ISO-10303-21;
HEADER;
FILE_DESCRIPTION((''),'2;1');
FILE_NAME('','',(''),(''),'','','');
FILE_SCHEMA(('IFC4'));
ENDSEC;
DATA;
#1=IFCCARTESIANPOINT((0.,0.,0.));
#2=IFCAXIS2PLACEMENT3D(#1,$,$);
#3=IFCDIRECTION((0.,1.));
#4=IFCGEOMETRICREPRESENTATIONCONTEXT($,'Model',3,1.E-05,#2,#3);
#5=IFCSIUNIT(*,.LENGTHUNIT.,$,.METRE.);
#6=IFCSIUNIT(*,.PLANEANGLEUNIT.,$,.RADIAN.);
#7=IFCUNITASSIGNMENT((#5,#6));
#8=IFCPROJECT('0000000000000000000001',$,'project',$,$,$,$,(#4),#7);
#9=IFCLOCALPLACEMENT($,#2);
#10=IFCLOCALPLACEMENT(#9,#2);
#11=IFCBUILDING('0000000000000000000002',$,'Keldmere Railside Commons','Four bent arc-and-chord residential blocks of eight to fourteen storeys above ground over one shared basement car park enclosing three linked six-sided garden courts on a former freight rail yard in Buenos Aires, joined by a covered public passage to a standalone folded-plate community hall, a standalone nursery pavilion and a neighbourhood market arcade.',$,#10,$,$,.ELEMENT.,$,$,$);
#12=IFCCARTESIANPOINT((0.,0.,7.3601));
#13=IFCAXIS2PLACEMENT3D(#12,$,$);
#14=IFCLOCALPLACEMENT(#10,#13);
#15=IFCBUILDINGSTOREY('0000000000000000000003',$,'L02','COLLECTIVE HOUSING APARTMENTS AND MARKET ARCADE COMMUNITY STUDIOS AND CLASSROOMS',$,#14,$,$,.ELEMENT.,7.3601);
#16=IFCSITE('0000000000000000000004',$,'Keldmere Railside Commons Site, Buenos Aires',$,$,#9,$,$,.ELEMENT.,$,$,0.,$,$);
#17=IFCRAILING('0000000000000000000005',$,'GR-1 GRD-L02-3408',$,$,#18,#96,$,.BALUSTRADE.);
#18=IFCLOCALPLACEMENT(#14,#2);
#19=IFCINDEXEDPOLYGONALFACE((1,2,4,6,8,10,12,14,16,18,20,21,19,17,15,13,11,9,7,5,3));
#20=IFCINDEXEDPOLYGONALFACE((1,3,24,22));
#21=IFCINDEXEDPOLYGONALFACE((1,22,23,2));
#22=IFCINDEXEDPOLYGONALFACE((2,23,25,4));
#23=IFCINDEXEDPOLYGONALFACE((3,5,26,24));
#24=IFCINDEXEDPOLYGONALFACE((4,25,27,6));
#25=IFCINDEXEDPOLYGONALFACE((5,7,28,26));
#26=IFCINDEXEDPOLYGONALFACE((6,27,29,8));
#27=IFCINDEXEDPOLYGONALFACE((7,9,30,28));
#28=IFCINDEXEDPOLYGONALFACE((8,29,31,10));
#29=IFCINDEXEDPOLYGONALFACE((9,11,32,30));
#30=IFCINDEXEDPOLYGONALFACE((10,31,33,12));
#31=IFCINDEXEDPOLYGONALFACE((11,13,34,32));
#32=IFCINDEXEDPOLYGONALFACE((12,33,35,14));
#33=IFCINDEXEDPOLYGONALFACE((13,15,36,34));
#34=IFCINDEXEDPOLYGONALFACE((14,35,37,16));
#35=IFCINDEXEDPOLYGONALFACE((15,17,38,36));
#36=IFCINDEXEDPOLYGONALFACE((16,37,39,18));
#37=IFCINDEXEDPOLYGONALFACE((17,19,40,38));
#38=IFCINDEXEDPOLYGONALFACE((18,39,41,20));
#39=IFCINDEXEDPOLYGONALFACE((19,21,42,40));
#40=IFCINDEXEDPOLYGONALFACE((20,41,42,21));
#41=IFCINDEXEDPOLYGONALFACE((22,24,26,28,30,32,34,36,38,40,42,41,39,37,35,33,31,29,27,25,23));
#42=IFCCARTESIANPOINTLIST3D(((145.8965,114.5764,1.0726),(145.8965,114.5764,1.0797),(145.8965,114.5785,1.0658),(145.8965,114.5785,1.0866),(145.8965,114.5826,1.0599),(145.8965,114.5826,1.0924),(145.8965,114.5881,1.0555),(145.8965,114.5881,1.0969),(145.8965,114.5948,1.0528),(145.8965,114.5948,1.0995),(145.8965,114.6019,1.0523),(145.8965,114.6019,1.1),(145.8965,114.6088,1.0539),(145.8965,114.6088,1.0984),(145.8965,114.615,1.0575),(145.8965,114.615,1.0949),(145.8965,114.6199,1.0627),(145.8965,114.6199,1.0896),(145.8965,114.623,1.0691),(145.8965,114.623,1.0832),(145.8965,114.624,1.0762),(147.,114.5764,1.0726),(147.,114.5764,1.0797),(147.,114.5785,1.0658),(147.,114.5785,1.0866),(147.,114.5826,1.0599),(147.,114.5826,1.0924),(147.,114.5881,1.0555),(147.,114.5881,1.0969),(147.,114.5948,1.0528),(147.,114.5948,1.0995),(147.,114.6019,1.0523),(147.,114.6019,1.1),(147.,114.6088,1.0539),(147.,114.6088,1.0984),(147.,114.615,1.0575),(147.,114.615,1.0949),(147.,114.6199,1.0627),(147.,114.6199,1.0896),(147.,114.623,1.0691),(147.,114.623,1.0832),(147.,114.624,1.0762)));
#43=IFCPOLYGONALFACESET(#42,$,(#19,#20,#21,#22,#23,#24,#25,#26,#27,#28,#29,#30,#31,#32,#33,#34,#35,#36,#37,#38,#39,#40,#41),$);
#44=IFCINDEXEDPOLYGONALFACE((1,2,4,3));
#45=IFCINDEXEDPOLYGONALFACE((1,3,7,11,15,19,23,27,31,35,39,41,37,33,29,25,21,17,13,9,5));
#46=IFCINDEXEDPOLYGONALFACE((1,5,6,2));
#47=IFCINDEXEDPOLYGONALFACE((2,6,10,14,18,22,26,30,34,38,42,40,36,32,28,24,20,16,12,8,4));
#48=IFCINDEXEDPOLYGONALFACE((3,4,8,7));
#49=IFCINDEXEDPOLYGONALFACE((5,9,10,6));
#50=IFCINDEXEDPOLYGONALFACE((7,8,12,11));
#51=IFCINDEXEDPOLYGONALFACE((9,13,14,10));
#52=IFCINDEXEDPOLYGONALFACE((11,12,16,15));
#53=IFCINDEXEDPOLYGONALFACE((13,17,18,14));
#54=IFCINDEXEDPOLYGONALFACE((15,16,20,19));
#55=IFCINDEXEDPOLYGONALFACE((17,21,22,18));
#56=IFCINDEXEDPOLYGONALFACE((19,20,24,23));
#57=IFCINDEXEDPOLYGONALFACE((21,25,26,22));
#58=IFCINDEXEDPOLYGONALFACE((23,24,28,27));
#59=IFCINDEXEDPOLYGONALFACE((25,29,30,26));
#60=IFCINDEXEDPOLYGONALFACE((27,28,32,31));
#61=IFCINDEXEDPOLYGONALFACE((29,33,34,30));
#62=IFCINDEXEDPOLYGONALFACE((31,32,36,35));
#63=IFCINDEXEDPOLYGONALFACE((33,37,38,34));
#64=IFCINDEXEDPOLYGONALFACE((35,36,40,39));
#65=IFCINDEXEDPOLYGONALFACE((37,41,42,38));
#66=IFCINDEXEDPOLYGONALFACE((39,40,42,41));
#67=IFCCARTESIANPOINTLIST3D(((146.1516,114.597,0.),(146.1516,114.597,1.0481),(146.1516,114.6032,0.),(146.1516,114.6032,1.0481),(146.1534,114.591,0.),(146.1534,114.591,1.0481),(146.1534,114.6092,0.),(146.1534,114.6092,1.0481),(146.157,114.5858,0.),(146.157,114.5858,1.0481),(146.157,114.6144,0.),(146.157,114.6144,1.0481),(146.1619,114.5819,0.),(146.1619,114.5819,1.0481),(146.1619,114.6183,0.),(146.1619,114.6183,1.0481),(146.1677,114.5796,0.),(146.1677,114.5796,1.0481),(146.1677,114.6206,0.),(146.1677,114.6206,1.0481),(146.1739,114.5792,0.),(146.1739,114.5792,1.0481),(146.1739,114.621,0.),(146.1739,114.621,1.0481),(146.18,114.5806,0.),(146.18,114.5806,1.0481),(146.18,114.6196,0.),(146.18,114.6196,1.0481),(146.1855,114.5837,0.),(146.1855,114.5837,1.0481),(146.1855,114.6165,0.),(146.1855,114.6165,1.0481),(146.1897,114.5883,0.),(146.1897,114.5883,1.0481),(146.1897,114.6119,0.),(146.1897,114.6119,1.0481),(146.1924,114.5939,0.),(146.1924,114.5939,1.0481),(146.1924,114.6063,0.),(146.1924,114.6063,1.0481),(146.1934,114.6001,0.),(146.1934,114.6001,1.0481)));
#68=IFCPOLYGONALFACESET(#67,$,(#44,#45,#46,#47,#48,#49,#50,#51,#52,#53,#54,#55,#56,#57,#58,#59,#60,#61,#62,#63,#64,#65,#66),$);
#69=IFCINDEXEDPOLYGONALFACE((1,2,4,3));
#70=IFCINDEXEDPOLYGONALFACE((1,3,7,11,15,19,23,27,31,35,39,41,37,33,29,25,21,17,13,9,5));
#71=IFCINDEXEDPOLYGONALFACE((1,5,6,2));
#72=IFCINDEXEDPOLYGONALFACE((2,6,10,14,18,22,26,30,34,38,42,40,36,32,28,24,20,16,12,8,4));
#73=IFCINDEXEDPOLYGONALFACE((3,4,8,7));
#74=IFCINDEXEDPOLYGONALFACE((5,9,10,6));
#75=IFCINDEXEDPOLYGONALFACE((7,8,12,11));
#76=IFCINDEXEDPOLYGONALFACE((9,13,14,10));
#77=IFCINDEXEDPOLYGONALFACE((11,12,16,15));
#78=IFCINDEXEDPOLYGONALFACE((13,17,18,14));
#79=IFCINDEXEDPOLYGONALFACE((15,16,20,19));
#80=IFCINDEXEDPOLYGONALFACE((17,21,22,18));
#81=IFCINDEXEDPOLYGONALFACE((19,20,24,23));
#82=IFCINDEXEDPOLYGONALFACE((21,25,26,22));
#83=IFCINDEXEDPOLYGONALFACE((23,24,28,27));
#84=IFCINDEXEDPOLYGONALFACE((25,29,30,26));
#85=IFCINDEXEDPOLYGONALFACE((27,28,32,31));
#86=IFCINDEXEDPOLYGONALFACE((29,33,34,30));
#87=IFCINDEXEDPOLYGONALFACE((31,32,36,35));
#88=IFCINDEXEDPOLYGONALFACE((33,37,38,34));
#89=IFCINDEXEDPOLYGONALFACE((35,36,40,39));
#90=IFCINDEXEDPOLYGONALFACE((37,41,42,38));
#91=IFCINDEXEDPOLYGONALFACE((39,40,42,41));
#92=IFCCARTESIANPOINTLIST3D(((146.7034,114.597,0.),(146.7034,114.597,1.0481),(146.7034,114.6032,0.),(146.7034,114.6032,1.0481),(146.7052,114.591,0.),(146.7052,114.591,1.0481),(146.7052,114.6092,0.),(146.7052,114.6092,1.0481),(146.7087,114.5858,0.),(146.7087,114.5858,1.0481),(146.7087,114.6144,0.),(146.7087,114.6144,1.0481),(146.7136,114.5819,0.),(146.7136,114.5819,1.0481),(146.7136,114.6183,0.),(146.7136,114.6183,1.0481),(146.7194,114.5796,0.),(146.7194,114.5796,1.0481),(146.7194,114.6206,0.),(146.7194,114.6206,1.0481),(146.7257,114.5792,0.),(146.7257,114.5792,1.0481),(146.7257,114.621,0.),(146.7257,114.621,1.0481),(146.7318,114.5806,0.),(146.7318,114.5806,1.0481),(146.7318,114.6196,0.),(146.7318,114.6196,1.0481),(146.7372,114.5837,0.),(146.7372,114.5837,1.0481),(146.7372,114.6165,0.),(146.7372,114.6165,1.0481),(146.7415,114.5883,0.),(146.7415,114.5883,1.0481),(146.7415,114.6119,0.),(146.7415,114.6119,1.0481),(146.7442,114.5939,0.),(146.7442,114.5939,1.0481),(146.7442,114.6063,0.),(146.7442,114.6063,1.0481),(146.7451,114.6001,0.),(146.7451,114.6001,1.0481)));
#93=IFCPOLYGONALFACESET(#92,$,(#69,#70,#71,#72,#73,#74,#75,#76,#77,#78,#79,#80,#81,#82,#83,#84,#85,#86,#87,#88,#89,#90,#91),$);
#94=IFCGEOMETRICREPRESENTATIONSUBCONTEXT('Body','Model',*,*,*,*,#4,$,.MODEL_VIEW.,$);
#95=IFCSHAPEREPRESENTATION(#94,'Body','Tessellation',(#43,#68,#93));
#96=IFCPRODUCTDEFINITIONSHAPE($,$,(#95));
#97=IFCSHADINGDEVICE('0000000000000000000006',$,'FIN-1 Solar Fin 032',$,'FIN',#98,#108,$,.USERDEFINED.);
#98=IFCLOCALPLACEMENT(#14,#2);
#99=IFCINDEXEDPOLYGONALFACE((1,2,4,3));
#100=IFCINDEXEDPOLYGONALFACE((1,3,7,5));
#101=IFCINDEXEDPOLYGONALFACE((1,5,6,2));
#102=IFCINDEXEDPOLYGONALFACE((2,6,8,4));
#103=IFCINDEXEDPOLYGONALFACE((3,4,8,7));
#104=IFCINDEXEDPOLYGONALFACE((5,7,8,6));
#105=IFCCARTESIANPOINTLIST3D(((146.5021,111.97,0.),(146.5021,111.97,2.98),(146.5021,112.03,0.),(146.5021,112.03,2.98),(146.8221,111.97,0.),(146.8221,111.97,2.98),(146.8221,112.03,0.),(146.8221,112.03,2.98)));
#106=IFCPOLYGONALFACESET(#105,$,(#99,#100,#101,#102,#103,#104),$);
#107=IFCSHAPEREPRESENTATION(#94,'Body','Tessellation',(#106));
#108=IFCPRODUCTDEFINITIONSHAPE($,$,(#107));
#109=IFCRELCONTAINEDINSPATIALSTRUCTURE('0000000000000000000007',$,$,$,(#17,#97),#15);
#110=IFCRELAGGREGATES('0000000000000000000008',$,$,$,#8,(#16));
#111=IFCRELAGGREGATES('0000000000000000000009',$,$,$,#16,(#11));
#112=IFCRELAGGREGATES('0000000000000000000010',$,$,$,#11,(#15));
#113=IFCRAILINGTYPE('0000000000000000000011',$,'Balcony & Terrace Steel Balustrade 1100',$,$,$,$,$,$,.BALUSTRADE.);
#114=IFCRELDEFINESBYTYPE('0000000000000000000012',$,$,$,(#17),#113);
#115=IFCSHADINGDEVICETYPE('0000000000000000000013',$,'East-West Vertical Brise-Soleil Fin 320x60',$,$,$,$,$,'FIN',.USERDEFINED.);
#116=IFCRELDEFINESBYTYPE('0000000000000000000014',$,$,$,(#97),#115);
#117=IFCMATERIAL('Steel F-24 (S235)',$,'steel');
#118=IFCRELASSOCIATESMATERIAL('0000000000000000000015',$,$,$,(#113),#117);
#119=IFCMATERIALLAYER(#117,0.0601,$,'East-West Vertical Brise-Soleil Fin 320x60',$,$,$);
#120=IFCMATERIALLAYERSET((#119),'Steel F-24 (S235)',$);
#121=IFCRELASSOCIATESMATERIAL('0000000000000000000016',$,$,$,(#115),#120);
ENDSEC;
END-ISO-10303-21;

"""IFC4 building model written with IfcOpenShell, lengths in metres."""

from ifc_helpers import new_model, si_unit, direction, frame, origin, origin_2d, place, context, subcontext, project, spatial, rectangle, circle, extrude, material, layer, layer_set, type_object, element, save


model = new_model("IFC4")

# Units and contexts
model_context = context("Model", 3, precision=1e-05, world=origin(), true_north=direction((0.0, 1.0)))
body_context = subcontext(model_context, "Body", "Model", "MODEL_VIEW")
ifc_project = project(units=[si_unit("LENGTHUNIT", "METRE"), si_unit("PLANEANGLEUNIT", "RADIAN")], contexts=[model_context])

# Site, building, storey
site_placement = place(None, origin())
site = spatial("IfcSite", under=ifc_project, at=site_placement, Name="Keldmere Railside Commons Site, Buenos Aires", CompositionType="ELEMENT", RefElevation=0.0)
building_placement = place(site_placement, origin())
building = spatial("IfcBuilding", under=site, at=building_placement, Name="Keldmere Railside Commons", Description="Four bent arc-and-chord residential blocks of eight to fourteen storeys above ground over one shared basement car park enclosing three linked six-sided garden courts on a former freight rail yard in Buenos Aires, joined by a covered public passage to a standalone folded-plate community hall, a standalone nursery pavilion and a neighbourhood market arcade.", CompositionType="ELEMENT")
storey_placement = place(building_placement, frame((0.0, 0.0, 7.3601)))
storey = spatial("IfcBuildingStorey", under=building, at=storey_placement, Name="L02", Description="COLLECTIVE HOUSING APARTMENTS AND MARKET ARCADE COMMUNITY STUDIOS AND CLASSROOMS", CompositionType="ELEMENT", Elevation=7.3601)

# Railing
ifc_material_1 = material(Name="Steel F-24 (S235)", Category="steel")
railing_type = type_object("IfcRailingType", Name="Balcony & Terrace Steel Balustrade 1100", PredefinedType="BALUSTRADE", material=ifc_material_1)
railing_1_placement = place(storey_placement, frame((145.8965, 114.6001, 0.0)))
element("IfcRailing", 1, at=railing_1_placement, inside=storey, type_object=railing_type, Name="GR-1 GRD-L02-3408", PredefinedType="BALUSTRADE", context=body_context, shape_type="SweptSolid", body=[
    extrude(circle(Radius=0.0239, at=origin_2d()), frame((0.0, 0.0, 1.0762), z_axis=(1.0, 0.0, 0.0), x_axis=(0.0, 1.0, 0.0)), (0.0, 0.0, 1.0), 1.1035),
    extrude(circle(Radius=0.021, at=origin_2d()), frame((0.2759, 0.0, 0.0)), (0.0, 0.0, 1.0), 1.0481),
    extrude(circle(Radius=0.021, at=origin_2d()), frame((0.8276, 0.0, 0.0)), (0.0, 0.0, 1.0), 1.0481),
])

# Shading device
ifc_layer_1 = layer(ifc_material_1, 0.0601, Name="East-West Vertical Brise-Soleil Fin 320x60")
ifc_layer_set_1 = layer_set([ifc_layer_1], Name="Steel F-24 (S235)")
shading_device_type = type_object("IfcShadingDeviceType", Name="East-West Vertical Brise-Soleil Fin 320x60", ElementType="FIN", PredefinedType="USERDEFINED", material=ifc_layer_set_1)
shading_device_placement = place(storey_placement, frame((146.6621, 112.0, 0.0), z_axis=(0.0, 0.0, 1.0), x_axis=(1.0, 0.0, 0.0)))
element("IfcShadingDevice", 2, at=shading_device_placement, inside=storey, type_object=shading_device_type, Name="FIN-1 Solar Fin 032", ObjectType="FIN", PredefinedType="USERDEFINED", context=body_context, shape_type="SweptSolid", body=[
    extrude(rectangle(XDim=0.3201, YDim=0.0601, at=origin_2d()), origin(), (0.0, 0.0, 1.0), 2.98),
])

save(model, "model.ifc")
